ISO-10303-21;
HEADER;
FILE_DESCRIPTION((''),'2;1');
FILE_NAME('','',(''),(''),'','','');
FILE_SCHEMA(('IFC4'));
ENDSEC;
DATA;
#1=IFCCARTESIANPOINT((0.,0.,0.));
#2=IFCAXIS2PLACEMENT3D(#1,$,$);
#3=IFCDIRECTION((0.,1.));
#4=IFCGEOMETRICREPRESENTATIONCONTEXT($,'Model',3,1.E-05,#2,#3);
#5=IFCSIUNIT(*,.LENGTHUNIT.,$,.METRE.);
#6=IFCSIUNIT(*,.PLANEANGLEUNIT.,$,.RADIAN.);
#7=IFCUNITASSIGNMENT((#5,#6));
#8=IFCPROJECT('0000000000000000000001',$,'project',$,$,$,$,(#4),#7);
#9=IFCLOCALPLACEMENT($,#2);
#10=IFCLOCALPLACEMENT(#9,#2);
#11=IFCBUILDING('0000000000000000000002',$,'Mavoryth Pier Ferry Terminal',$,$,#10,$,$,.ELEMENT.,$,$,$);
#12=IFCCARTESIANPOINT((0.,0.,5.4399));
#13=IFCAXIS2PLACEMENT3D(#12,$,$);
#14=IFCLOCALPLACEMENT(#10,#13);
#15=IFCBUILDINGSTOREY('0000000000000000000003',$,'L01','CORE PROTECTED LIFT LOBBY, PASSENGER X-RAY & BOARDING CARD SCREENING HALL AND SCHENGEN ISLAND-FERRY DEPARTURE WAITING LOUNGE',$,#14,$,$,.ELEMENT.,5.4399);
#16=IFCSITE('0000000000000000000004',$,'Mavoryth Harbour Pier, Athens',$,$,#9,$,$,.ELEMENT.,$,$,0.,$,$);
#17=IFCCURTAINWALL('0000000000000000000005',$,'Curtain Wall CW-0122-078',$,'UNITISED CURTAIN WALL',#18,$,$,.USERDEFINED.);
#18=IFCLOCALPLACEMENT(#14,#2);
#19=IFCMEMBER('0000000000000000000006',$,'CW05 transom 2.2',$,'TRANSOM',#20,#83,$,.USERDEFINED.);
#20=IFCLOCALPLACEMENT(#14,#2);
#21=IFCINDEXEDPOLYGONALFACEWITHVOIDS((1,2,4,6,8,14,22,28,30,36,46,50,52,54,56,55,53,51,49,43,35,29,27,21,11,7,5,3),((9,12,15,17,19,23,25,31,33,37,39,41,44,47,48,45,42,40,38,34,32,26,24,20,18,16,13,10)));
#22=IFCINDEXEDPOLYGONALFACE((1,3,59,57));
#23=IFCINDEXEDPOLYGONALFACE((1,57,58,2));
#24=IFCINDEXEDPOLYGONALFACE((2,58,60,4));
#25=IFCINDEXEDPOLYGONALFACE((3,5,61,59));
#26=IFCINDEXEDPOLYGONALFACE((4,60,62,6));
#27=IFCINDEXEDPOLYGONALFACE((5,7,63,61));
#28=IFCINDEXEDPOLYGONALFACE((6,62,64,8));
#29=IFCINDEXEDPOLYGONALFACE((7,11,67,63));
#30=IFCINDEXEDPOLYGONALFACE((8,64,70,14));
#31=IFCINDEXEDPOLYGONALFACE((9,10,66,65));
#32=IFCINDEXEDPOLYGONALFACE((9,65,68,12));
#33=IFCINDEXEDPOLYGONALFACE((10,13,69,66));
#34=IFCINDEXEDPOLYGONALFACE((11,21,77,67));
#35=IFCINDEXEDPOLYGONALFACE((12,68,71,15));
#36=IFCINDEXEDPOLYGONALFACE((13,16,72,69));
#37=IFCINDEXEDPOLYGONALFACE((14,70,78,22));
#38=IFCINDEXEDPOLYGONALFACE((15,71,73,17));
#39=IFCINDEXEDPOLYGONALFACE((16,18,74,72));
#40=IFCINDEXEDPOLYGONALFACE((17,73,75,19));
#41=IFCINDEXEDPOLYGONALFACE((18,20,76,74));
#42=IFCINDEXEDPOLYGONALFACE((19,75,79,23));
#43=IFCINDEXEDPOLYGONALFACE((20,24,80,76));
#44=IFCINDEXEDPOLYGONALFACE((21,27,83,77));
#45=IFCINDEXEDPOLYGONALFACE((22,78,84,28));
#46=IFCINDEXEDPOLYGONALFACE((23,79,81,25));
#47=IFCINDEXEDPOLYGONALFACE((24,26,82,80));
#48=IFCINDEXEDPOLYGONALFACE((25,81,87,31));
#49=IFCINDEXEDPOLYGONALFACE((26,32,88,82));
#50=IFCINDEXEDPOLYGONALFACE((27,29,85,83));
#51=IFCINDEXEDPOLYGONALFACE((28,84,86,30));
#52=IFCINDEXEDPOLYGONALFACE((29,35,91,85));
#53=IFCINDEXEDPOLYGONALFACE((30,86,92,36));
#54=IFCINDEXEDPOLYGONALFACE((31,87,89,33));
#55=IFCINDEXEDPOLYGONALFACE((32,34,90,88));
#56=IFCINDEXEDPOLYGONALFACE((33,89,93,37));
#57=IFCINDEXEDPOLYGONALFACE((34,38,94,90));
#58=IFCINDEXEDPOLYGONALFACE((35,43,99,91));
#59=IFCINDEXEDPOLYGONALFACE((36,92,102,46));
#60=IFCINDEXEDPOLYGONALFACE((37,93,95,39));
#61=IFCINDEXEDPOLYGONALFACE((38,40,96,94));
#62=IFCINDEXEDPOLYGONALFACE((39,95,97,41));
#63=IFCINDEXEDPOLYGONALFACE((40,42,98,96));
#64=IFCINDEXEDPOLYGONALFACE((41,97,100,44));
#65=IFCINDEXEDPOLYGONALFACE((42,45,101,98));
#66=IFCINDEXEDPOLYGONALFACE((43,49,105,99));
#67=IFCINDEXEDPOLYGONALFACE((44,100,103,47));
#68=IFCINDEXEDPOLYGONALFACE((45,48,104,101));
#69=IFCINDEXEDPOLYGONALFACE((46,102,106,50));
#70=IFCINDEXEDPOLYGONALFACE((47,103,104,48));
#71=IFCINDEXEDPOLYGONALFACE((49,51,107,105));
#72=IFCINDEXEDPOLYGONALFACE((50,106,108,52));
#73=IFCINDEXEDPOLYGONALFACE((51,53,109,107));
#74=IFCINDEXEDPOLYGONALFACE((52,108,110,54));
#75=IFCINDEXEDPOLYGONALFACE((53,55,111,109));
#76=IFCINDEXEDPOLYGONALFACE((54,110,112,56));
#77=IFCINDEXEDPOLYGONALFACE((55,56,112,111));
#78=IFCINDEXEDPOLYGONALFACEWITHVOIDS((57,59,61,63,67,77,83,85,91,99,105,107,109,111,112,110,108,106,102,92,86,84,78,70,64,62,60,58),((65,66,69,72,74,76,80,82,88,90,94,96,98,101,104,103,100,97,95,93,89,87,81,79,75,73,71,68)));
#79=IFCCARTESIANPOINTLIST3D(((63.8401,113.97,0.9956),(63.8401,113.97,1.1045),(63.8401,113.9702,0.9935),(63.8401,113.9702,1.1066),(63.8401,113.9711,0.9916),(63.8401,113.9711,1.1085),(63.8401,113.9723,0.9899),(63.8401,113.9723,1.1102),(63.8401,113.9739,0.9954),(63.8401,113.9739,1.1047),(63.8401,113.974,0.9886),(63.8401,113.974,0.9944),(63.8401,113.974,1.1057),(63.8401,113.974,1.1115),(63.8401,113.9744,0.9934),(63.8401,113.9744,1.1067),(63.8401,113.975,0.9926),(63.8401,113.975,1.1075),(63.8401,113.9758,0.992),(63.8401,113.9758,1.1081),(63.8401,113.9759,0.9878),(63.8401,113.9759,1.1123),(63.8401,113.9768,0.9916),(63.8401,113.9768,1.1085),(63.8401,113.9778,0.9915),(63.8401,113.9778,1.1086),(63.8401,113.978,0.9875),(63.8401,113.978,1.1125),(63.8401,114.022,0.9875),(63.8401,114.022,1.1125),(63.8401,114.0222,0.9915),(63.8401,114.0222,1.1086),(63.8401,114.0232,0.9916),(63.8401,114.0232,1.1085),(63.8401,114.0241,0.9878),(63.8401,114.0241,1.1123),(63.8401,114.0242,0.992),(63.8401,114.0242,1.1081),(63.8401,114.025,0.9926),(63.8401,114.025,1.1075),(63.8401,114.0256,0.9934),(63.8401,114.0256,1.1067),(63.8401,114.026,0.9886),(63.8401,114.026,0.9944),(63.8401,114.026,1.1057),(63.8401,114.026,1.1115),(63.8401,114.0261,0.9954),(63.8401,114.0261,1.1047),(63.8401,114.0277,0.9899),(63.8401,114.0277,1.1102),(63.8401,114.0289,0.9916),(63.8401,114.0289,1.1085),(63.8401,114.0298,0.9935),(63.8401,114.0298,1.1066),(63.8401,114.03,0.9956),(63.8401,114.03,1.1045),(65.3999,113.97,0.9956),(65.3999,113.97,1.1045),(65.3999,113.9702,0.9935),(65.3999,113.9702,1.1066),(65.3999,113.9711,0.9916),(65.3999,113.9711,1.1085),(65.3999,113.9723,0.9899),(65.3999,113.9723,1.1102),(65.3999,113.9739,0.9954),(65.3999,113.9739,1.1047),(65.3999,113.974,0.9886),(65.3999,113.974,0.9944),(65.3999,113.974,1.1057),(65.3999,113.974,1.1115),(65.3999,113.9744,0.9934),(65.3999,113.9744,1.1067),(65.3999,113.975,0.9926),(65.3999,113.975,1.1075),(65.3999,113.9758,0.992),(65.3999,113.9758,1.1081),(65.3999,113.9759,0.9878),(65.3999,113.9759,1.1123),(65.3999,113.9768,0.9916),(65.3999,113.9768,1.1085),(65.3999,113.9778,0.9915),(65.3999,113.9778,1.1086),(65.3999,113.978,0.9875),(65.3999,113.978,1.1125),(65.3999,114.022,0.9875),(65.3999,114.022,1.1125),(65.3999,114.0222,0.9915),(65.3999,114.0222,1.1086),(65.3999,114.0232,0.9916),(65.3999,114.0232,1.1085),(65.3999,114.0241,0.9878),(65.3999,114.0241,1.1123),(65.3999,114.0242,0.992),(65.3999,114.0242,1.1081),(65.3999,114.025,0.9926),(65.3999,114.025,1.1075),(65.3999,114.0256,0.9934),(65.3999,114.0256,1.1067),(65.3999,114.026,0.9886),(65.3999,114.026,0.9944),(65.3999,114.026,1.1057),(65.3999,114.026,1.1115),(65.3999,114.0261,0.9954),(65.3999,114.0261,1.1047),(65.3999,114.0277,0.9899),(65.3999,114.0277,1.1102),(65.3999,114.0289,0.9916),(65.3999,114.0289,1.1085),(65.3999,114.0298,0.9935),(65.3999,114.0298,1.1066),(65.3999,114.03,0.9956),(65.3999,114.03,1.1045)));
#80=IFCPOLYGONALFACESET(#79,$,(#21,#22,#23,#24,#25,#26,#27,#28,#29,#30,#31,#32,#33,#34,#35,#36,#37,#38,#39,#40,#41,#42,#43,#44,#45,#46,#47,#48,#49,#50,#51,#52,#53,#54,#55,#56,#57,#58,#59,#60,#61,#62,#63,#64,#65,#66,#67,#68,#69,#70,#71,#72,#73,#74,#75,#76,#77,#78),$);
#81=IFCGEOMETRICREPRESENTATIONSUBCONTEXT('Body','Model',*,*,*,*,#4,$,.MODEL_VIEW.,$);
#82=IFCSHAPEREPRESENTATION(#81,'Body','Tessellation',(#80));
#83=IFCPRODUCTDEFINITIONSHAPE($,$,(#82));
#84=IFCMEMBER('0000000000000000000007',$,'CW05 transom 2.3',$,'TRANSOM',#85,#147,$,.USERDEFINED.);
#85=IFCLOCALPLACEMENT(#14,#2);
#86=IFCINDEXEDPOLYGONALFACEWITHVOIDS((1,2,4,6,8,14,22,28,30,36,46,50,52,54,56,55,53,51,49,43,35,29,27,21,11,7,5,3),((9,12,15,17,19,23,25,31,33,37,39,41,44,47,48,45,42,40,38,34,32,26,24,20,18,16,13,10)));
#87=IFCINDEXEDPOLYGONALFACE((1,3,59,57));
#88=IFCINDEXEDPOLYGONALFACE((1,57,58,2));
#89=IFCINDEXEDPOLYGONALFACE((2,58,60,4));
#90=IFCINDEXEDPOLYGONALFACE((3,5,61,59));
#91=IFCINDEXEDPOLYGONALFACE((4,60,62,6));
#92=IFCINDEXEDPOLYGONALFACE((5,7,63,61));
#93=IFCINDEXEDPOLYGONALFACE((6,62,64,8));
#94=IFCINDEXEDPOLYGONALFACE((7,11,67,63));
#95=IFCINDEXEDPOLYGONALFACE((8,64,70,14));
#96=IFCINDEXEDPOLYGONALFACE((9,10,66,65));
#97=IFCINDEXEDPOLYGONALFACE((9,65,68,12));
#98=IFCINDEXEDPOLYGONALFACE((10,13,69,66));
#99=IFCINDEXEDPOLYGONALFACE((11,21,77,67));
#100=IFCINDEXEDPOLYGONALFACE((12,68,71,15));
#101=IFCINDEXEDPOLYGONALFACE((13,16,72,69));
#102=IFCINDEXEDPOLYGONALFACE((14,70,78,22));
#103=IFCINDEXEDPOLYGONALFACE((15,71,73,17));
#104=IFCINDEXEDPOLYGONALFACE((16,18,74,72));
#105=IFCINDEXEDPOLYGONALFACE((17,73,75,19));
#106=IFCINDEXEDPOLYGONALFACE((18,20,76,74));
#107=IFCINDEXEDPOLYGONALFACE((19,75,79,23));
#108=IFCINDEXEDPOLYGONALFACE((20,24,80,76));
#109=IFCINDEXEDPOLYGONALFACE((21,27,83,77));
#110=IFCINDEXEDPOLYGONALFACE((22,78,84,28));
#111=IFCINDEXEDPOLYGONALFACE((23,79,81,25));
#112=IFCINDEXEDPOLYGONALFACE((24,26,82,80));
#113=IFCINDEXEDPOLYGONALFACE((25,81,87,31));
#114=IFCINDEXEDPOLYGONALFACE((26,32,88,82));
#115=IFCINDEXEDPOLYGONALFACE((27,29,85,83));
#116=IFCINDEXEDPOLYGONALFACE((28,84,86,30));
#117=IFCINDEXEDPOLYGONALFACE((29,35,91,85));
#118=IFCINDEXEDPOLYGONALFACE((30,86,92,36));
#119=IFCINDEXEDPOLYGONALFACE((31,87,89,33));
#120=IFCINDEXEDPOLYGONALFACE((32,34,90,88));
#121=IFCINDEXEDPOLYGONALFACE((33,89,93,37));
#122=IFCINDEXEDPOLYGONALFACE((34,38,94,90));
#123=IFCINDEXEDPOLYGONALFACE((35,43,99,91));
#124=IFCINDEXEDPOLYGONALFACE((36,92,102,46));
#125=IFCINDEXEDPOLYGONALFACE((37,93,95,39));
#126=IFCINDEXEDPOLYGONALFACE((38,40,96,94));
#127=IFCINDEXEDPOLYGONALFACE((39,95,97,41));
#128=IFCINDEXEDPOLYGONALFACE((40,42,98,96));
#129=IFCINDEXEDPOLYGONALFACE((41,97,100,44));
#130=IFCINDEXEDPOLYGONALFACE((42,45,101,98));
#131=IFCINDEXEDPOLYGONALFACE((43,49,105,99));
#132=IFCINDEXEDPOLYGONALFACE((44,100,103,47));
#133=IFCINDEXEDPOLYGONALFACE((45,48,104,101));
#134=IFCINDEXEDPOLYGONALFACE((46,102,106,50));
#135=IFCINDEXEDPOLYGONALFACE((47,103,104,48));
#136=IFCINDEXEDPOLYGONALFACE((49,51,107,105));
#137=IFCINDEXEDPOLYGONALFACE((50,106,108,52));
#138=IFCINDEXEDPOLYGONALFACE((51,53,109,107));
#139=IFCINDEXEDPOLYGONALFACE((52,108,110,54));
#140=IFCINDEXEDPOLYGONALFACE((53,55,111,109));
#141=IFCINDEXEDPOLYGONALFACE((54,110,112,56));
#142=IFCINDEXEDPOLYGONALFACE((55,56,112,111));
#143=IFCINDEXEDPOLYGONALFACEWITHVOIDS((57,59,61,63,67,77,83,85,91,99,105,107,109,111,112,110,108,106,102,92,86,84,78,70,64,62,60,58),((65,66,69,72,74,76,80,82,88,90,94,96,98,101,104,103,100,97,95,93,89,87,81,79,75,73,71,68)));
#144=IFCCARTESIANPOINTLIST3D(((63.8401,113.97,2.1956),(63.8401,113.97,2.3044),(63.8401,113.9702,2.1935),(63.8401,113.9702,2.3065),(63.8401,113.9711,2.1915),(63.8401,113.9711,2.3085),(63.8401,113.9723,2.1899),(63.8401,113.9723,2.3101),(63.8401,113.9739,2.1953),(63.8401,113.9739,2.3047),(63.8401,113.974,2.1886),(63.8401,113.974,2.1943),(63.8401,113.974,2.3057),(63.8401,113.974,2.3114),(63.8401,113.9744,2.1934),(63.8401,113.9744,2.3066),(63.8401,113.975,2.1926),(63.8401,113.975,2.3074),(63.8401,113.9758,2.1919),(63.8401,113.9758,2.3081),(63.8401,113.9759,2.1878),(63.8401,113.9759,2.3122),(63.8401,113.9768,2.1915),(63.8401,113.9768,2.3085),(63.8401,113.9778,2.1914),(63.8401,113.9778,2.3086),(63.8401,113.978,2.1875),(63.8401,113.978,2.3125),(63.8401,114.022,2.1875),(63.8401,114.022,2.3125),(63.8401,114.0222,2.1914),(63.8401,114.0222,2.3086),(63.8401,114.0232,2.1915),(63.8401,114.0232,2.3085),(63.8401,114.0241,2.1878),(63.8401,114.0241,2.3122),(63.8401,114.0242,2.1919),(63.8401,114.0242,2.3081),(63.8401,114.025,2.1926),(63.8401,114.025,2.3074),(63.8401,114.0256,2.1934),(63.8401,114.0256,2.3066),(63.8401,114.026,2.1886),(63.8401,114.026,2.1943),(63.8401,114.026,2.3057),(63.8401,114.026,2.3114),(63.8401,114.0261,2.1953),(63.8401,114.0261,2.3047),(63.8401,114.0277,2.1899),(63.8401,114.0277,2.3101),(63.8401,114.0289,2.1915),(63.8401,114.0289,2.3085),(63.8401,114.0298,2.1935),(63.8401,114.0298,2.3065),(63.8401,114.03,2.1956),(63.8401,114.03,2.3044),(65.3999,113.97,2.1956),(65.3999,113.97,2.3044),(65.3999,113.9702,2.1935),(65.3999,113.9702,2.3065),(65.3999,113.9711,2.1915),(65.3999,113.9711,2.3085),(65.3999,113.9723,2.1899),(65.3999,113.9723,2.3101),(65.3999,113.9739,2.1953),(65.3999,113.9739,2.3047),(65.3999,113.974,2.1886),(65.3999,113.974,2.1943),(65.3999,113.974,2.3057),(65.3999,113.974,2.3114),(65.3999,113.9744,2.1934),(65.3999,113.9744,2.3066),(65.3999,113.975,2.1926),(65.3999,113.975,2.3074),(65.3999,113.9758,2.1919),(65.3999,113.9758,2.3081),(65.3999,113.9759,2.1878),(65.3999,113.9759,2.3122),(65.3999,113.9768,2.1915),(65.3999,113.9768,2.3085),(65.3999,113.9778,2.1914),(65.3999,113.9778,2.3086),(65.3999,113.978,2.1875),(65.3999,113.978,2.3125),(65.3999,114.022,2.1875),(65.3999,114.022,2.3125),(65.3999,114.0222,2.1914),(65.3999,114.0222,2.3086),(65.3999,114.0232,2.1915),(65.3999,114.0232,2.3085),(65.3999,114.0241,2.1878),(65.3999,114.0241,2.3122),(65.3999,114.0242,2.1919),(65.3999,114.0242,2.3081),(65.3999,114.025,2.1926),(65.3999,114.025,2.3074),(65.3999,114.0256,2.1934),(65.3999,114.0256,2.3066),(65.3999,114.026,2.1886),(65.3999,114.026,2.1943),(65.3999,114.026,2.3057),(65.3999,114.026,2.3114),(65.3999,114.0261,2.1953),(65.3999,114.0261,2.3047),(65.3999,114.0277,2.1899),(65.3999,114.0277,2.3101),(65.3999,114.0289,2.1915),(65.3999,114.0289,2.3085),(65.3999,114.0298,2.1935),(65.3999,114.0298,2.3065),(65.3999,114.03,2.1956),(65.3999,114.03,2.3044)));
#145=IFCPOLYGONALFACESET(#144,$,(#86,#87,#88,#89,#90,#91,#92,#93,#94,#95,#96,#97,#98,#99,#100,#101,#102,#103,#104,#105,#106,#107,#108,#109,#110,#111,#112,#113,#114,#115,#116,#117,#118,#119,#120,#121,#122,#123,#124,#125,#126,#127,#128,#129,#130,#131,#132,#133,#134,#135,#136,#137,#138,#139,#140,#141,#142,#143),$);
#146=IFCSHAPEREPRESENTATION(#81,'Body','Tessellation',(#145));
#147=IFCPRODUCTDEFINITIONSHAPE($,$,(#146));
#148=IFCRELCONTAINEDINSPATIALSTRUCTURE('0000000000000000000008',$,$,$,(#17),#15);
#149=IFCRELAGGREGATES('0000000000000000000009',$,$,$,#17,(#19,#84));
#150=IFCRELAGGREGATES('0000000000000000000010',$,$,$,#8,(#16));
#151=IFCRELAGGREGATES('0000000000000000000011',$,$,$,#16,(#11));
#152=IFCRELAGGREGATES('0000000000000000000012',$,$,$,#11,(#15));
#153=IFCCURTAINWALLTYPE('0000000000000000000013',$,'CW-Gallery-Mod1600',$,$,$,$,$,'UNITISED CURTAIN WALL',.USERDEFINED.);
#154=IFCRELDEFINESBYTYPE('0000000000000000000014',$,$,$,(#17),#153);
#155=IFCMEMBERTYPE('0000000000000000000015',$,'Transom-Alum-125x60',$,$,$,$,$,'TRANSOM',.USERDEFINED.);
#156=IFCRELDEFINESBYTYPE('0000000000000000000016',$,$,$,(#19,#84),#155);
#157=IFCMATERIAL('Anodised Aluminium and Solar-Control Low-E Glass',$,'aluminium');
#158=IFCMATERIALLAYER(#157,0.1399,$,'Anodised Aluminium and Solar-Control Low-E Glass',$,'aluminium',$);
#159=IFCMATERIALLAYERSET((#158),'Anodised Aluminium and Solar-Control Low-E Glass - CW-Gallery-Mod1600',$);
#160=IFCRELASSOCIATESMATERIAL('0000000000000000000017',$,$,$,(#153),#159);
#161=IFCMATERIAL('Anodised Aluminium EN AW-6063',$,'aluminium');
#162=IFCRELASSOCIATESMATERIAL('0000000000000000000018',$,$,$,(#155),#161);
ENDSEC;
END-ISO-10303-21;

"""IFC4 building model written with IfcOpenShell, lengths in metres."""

from ifc_helpers import new_model, si_unit, direction, frame, origin, origin_2d, place, context, subcontext, project, spatial, hollow_rectangle, extrude, material, layer, layer_set, material_profile, profile_set, type_object, element, aggregate, save


model = new_model("IFC4")

# Units and contexts
model_context = context("Model", 3, precision=1e-05, world=origin(), true_north=direction((0.0, 1.0)))
body_context = subcontext(model_context, "Body", "Model", "MODEL_VIEW")
ifc_project = project(units=[si_unit("LENGTHUNIT", "METRE"), si_unit("PLANEANGLEUNIT", "RADIAN")], contexts=[model_context])

# Site, building, storey
site_placement = place(None, origin())
site = spatial("IfcSite", under=ifc_project, at=site_placement, Name="Mavoryth Harbour Pier, Athens", CompositionType="ELEMENT", RefElevation=0.0)
building_placement = place(site_placement, origin())
building = spatial("IfcBuilding", under=site, at=building_placement, Name="Mavoryth Pier Ferry Terminal", CompositionType="ELEMENT")
storey_placement = place(building_placement, frame((0.0, 0.0, 5.4399)))
storey = spatial("IfcBuildingStorey", under=building, at=storey_placement, Name="L01", Description="CORE PROTECTED LIFT LOBBY, PASSENGER X-RAY & BOARDING CARD SCREENING HALL AND SCHENGEN ISLAND-FERRY DEPARTURE WAITING LOUNGE", CompositionType="ELEMENT", Elevation=5.4399)

# Curtain wall
ifc_material_1 = material(Name="Anodised Aluminium and Solar-Control Low-E Glass", Category="aluminium")
ifc_layer_1 = layer(ifc_material_1, 0.1399, Name="Anodised Aluminium and Solar-Control Low-E Glass", Category="aluminium")
ifc_layer_set_1 = layer_set([ifc_layer_1], Name="Anodised Aluminium and Solar-Control Low-E Glass - CW-Gallery-Mod1600")
curtain_wall_type = type_object("IfcCurtainWallType", Name="CW-Gallery-Mod1600", ElementType="UNITISED CURTAIN WALL", PredefinedType="USERDEFINED", material=ifc_layer_set_1)
curtain_wall_placement = place(storey_placement, origin())
curtain_wall = element("IfcCurtainWall", 1, at=curtain_wall_placement, inside=storey, type_object=curtain_wall_type, Name="Curtain Wall CW-0122-078", ObjectType="UNITISED CURTAIN WALL", PredefinedType="USERDEFINED")
ifc_material_2 = material(Name="Anodised Aluminium EN AW-6063", Category="aluminium")

# Members
ifc_material_profile_1 = material_profile(ifc_material_2, hollow_rectangle(XDim=0.0601, YDim=0.125, WallThickness=0.0039, InnerFilletRadius=0.0039, OuterFilletRadius=0.0081, at=origin_2d()), Name="AL-TRAN 125x60x4", Category="aluminium")
ifc_profile_set_1 = profile_set([ifc_material_profile_1], Name="Anodised Aluminium EN AW-6063 - AL-TRAN 125x60x4")
member_type_1 = type_object("IfcMemberType", Name="Transom-Alum-125x60", ElementType="TRANSOM", PredefinedType="USERDEFINED", material=ifc_profile_set_1)
member_1_placement = place(storey_placement, frame((65.3999, 114.0, 1.05), z_axis=(-1.0, 0.0, 0.0), x_axis=(0.0, -1.0, 0.0)))
member_1 = element("IfcMember", 2, at=member_1_placement, type_object=member_type_1, Name="CW05 transom 2.2", ObjectType="TRANSOM", PredefinedType="USERDEFINED", context=body_context, shape_type="SweptSolid", body=[
    extrude(hollow_rectangle(XDim=0.0601, YDim=0.125, WallThickness=0.0039, InnerFilletRadius=0.0039, OuterFilletRadius=0.0081, at=origin_2d()), origin(), (0.0, 0.0, 1.0), 1.5598),
])
member_2_placement = place(storey_placement, frame((65.3999, 114.0, 2.25), z_axis=(-1.0, 0.0, 0.0), x_axis=(0.0, -1.0, 0.0)))
member_2 = element("IfcMember", 3, at=member_2_placement, type_object=member_type_1, Name="CW05 transom 2.3", ObjectType="TRANSOM", PredefinedType="USERDEFINED", context=body_context, shape_type="SweptSolid", body=[
    extrude(hollow_rectangle(XDim=0.0601, YDim=0.125, WallThickness=0.0039, InnerFilletRadius=0.0039, OuterFilletRadius=0.0081, at=origin_2d()), origin(), (0.0, 0.0, 1.0), 1.5598),
])

aggregate(curtain_wall, [member_1, member_2])

save(model, "model.ifc")
